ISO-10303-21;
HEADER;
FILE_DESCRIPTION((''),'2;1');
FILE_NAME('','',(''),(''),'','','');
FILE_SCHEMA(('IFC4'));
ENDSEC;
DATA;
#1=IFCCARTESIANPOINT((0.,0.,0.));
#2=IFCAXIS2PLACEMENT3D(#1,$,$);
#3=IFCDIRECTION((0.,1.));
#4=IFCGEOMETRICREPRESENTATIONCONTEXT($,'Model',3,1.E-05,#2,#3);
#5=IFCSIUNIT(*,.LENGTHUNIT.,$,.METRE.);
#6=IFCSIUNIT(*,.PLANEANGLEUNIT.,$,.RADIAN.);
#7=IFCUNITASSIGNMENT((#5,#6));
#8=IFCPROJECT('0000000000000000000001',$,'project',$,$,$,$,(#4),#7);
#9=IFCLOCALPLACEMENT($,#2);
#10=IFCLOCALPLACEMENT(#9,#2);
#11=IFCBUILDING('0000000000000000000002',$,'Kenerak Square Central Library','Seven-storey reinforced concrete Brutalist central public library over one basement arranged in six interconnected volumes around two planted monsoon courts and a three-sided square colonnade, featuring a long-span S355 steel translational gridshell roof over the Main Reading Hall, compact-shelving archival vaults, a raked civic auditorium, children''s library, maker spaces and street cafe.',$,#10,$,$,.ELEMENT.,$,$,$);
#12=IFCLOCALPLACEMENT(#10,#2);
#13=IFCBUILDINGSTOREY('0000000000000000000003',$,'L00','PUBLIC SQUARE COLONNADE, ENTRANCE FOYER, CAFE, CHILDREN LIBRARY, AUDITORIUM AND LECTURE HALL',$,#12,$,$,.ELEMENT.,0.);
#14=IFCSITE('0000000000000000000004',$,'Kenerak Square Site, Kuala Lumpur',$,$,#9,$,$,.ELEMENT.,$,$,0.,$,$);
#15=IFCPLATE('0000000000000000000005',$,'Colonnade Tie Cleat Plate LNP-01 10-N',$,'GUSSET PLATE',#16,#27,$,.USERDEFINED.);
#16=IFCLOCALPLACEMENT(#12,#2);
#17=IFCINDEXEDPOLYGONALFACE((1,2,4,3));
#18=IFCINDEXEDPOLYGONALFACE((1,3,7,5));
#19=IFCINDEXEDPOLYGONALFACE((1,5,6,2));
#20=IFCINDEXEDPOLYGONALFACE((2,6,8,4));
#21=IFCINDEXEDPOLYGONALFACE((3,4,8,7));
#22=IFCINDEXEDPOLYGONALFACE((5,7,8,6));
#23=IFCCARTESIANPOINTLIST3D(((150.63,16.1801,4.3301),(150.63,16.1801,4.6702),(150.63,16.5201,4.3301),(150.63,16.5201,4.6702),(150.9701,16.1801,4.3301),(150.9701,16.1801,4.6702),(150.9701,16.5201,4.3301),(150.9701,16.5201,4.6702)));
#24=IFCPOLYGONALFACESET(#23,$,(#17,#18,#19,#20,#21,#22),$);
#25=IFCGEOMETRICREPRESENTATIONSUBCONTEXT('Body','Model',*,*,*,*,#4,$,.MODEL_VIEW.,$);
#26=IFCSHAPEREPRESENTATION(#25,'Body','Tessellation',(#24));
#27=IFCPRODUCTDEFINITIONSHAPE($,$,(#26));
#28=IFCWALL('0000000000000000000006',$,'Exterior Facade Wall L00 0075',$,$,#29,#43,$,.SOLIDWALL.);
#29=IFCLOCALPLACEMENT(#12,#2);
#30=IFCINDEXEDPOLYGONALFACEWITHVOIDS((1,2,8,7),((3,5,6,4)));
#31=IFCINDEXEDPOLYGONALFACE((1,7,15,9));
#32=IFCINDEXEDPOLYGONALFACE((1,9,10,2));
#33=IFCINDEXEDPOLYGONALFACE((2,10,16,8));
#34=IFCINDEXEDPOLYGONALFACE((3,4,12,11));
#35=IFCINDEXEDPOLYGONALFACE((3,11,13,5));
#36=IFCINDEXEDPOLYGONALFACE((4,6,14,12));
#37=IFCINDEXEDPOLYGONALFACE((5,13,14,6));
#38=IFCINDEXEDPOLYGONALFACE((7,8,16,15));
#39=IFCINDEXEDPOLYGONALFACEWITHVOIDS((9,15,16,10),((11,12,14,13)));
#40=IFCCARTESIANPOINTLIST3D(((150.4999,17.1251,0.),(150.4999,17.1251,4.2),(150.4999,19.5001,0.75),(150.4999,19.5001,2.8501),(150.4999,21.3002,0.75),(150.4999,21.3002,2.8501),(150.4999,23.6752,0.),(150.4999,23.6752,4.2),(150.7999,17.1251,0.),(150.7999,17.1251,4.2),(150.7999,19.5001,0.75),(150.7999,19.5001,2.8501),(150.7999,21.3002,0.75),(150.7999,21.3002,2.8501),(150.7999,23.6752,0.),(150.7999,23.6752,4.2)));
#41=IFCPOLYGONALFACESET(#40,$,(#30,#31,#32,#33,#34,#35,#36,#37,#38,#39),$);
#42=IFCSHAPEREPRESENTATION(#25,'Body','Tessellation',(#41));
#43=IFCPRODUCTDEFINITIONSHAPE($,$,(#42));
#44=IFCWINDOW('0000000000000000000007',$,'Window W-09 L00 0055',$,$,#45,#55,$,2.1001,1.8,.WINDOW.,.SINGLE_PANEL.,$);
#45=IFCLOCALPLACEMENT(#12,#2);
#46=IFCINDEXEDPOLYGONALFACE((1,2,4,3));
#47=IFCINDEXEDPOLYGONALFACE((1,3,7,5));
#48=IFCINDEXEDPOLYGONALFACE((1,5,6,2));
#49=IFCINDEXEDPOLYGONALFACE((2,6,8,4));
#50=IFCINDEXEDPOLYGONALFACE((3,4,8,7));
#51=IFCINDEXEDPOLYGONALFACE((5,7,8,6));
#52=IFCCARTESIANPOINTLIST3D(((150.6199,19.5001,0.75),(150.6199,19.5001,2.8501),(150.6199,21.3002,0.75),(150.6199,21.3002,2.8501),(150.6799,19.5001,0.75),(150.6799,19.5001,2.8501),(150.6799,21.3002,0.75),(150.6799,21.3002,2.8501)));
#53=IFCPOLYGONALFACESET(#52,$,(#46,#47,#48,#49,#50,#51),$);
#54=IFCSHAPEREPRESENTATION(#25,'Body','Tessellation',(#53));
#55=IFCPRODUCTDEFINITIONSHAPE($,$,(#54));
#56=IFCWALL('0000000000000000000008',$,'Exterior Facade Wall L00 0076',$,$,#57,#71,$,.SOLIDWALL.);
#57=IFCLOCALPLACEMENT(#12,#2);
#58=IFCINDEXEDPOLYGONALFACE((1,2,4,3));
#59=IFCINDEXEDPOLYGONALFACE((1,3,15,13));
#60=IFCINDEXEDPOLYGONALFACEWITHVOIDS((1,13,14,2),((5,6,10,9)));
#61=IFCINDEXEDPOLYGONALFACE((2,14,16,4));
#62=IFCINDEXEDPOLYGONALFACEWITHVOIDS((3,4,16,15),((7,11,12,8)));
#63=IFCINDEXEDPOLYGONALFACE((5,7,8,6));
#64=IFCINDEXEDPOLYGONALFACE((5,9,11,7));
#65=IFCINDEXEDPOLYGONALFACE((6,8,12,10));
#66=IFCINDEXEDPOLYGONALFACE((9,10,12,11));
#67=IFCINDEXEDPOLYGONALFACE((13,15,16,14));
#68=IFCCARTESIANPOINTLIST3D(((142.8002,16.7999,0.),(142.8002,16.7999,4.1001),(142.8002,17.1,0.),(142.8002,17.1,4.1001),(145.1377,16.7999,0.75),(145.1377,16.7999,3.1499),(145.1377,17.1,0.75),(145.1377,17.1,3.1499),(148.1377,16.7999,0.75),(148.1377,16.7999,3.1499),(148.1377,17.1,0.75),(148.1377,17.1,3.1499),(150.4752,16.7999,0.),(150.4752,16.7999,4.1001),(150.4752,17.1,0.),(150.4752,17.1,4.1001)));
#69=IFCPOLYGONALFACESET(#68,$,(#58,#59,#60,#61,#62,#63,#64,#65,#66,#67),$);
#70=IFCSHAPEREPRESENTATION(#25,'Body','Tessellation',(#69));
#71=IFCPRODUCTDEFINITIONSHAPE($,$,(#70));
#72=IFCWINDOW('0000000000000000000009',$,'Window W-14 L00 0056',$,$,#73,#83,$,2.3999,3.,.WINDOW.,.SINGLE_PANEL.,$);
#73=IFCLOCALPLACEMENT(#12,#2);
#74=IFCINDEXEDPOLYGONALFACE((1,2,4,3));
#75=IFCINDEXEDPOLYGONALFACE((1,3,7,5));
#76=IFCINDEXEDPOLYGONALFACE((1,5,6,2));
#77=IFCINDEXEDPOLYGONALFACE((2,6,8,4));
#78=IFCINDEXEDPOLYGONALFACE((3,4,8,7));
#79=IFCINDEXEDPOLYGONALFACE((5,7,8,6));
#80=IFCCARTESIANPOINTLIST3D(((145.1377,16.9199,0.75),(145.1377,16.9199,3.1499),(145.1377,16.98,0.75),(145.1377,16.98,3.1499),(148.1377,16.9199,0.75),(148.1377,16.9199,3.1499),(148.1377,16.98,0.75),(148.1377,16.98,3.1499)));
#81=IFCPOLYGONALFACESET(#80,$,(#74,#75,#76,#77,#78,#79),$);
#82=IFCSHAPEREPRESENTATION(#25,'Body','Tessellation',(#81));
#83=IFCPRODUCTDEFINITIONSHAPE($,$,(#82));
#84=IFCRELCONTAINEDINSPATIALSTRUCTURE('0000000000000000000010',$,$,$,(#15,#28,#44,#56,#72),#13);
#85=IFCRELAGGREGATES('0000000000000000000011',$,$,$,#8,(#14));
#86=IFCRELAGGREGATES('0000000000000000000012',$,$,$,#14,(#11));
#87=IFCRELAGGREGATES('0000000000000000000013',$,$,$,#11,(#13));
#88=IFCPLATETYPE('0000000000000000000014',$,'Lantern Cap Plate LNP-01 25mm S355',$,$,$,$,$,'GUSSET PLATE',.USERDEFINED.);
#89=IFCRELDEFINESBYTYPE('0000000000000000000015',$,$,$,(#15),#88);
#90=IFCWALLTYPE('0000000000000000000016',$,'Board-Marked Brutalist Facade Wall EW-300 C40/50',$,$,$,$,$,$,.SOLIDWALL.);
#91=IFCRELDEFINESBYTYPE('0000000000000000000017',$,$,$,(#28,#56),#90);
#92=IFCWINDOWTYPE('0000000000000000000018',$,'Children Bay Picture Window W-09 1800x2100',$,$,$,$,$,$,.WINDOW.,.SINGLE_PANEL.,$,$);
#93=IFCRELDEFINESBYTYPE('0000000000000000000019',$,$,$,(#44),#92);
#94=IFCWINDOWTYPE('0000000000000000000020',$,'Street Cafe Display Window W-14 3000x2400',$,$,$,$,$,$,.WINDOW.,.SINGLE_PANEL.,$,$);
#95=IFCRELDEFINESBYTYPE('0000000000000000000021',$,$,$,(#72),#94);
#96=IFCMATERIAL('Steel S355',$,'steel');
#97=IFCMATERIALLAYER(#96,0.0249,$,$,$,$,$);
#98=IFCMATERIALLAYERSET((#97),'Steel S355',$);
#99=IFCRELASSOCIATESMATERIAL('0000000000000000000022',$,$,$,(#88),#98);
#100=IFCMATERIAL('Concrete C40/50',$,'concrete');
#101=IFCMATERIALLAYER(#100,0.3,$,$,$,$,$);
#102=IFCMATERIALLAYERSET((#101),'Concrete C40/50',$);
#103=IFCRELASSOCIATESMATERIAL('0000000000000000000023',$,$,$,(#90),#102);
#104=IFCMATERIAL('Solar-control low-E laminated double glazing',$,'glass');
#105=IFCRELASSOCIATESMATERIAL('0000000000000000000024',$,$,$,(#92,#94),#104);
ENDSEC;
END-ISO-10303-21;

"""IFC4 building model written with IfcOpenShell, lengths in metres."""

from ifc_helpers import new_model, si_unit, direction, frame, frame_2d, origin, origin_2d, place, context, subcontext, project, spatial, rectangle, extrude, material, layer, layer_set, type_object, element, fill, save


model = new_model("IFC4")

# Units and contexts
model_context = context("Model", 3, precision=1e-05, world=origin(), true_north=direction((0.0, 1.0)))
body_context = subcontext(model_context, "Body", "Model", "MODEL_VIEW")
ifc_project = project(units=[si_unit("LENGTHUNIT", "METRE"), si_unit("PLANEANGLEUNIT", "RADIAN")], contexts=[model_context])

# Site, building, storey
site_placement = place(None, origin())
site = spatial("IfcSite", under=ifc_project, at=site_placement, Name="Kenerak Square Site, Kuala Lumpur", CompositionType="ELEMENT", RefElevation=0.0)
building_placement = place(site_placement, origin())
building = spatial("IfcBuilding", under=site, at=building_placement, Name="Kenerak Square Central Library", Description="Seven-storey reinforced concrete Brutalist central public library over one basement arranged in six interconnected volumes around two planted monsoon courts and a three-sided square colonnade, featuring a long-span S355 steel translational gridshell roof over the Main Reading Hall, compact-shelving archival vaults, a raked civic auditorium, children's library, maker spaces and street cafe.", CompositionType="ELEMENT")
storey_placement = place(building_placement, origin())
storey = spatial("IfcBuildingStorey", under=building, at=storey_placement, Name="L00", Description="PUBLIC SQUARE COLONNADE, ENTRANCE FOYER, CAFE, CHILDREN LIBRARY, AUDITORIUM AND LECTURE HALL", CompositionType="ELEMENT", Elevation=0.0)

# Shared definitions
ifc_material_1 = material(Name="Concrete C40/50", Category="concrete")

# Shared definitions
ifc_material_2 = material(Name="Steel S355", Category="steel")

# Plate
ifc_layer_1 = layer(ifc_material_2, 0.0249)
ifc_layer_set_1 = layer_set([ifc_layer_1], Name="Steel S355")
plate_type = type_object("IfcPlateType", Name="Lantern Cap Plate LNP-01 25mm S355", ElementType="GUSSET PLATE", PredefinedType="USERDEFINED", material=ifc_layer_set_1)
for number, where, z_axis, x_axis, name in (
    (1, (150.8, 16.3501, 4.3301), (0.0, 0.0, 1.0), (1.0, 0.0, 0.0), "Colonnade Tie Cleat Plate LNP-01 10-N"),
):
    element("IfcPlate", number, at=place(storey_placement, frame(where, z_axis=z_axis, x_axis=x_axis)), inside=storey, type_object=plate_type, Name=name, ObjectType="GUSSET PLATE", PredefinedType="USERDEFINED", context=body_context, shape_type="SweptSolid", body=[
        extrude(rectangle(XDim=0.3401, YDim=0.3401, at=origin_2d()), origin(), (0.0, 0.0, 1.0), 0.3401),
    ])

# Walls, openings, windows
ifc_layer_2 = layer(ifc_material_1, 0.3)
ifc_layer_set_2 = layer_set([ifc_layer_2], Name="Concrete C40/50")
wall_type = type_object("IfcWallType", Name="Board-Marked Brutalist Facade Wall EW-300 C40/50", PredefinedType="SOLIDWALL", material=ifc_layer_set_2)
wall_1_placement = place(storey_placement, frame((150.6499, 23.675, 0.0), z_axis=(0.0, 0.0, 1.0), x_axis=(0.0, -1.0, 0.0)))
wall_1 = element("IfcWall", 2, at=wall_1_placement, inside=storey, type_object=wall_type, Name="Exterior Facade Wall L00 0075", PredefinedType="SOLIDWALL", context=body_context, shape_type="SweptSolid", body=[
    extrude(rectangle(XDim=6.55, YDim=0.3, at=frame_2d((3.2749, 0.0))), origin(), (0.0, 0.0, 1.0), 4.2),
])
opening_1_placement = place(wall_1_placement, frame((2.375, 0.0, 0.75)))
opening_1 = element("IfcOpeningElement", 3, at=opening_1_placement, cuts=wall_1, PredefinedType="OPENING", context=body_context, shape_type="SweptSolid", body=[
    extrude(rectangle(XDim=1.8, YDim=2.1001, at=frame_2d((0.8999, 1.05))), frame((0.0, 0.1599, 0.0), z_axis=(0.0, -1.0, 0.0), x_axis=(1.0, 0.0, 0.0)), (0.0, 0.0, 1.0), 0.3201),
])
ifc_material_3 = material(Name="Solar-control low-E laminated double glazing", Category="glass")
window_type_1 = type_object("IfcWindowType", Name="Children Bay Picture Window W-09 1800x2100", PartitioningType="SINGLE_PANEL", PredefinedType="WINDOW", material=ifc_material_3)
window_1_placement = place(opening_1_placement, origin())
window_1 = element("IfcWindow", 4, at=window_1_placement, inside=storey, type_object=window_type_1, Name="Window W-09 L00 0055", OverallHeight=2.1001, OverallWidth=1.8, PartitioningType="SINGLE_PANEL", PredefinedType="WINDOW", context=body_context, shape_type="SweptSolid", body=[
    extrude(rectangle(XDim=1.8, YDim=2.1001, at=frame_2d((0.8999, 1.05))), frame((0.0, 0.03, 0.0), z_axis=(0.0, -1.0, 0.0), x_axis=(1.0, 0.0, 0.0)), (0.0, 0.0, 1.0), 0.0601),
])
fill(opening_1, window_1)
wall_2_placement = place(storey_placement, frame((150.4751, 16.95, 0.0), z_axis=(0.0, 0.0, 1.0), x_axis=(-1.0, 0.0, 0.0)))
wall_2 = element("IfcWall", 5, at=wall_2_placement, inside=storey, type_object=wall_type, Name="Exterior Facade Wall L00 0076", PredefinedType="SOLIDWALL", context=body_context, shape_type="SweptSolid", body=[
    extrude(rectangle(XDim=7.675, YDim=0.3, at=frame_2d((3.8374, 0.0))), origin(), (0.0, 0.0, 1.0), 4.1001),
])
opening_2_placement = place(wall_2_placement, frame((2.3374, 0.0, 0.75)))
opening_2 = element("IfcOpeningElement", 6, at=opening_2_placement, cuts=wall_2, PredefinedType="OPENING", context=body_context, shape_type="SweptSolid", body=[
    extrude(rectangle(XDim=3.0, YDim=2.3999, at=frame_2d((1.5, 1.2))), frame((0.0, 0.1599, 0.0), z_axis=(0.0, -1.0, 0.0), x_axis=(1.0, 0.0, 0.0)), (0.0, 0.0, 1.0), 0.3201),
])
window_type_2 = type_object("IfcWindowType", Name="Street Cafe Display Window W-14 3000x2400", PartitioningType="SINGLE_PANEL", PredefinedType="WINDOW", material=ifc_material_3)
window_2_placement = place(opening_2_placement, origin())
window_2 = element("IfcWindow", 7, at=window_2_placement, inside=storey, type_object=window_type_2, Name="Window W-14 L00 0056", OverallHeight=2.3999, OverallWidth=3.0, PartitioningType="SINGLE_PANEL", PredefinedType="WINDOW", context=body_context, shape_type="SweptSolid", body=[
    extrude(rectangle(XDim=3.0, YDim=2.3999, at=frame_2d((1.5, 1.2))), frame((0.0, 0.03, 0.0), z_axis=(0.0, -1.0, 0.0), x_axis=(1.0, 0.0, 0.0)), (0.0, 0.0, 1.0), 0.0601),
])
fill(opening_2, window_2)

save(model, "model.ifc")
